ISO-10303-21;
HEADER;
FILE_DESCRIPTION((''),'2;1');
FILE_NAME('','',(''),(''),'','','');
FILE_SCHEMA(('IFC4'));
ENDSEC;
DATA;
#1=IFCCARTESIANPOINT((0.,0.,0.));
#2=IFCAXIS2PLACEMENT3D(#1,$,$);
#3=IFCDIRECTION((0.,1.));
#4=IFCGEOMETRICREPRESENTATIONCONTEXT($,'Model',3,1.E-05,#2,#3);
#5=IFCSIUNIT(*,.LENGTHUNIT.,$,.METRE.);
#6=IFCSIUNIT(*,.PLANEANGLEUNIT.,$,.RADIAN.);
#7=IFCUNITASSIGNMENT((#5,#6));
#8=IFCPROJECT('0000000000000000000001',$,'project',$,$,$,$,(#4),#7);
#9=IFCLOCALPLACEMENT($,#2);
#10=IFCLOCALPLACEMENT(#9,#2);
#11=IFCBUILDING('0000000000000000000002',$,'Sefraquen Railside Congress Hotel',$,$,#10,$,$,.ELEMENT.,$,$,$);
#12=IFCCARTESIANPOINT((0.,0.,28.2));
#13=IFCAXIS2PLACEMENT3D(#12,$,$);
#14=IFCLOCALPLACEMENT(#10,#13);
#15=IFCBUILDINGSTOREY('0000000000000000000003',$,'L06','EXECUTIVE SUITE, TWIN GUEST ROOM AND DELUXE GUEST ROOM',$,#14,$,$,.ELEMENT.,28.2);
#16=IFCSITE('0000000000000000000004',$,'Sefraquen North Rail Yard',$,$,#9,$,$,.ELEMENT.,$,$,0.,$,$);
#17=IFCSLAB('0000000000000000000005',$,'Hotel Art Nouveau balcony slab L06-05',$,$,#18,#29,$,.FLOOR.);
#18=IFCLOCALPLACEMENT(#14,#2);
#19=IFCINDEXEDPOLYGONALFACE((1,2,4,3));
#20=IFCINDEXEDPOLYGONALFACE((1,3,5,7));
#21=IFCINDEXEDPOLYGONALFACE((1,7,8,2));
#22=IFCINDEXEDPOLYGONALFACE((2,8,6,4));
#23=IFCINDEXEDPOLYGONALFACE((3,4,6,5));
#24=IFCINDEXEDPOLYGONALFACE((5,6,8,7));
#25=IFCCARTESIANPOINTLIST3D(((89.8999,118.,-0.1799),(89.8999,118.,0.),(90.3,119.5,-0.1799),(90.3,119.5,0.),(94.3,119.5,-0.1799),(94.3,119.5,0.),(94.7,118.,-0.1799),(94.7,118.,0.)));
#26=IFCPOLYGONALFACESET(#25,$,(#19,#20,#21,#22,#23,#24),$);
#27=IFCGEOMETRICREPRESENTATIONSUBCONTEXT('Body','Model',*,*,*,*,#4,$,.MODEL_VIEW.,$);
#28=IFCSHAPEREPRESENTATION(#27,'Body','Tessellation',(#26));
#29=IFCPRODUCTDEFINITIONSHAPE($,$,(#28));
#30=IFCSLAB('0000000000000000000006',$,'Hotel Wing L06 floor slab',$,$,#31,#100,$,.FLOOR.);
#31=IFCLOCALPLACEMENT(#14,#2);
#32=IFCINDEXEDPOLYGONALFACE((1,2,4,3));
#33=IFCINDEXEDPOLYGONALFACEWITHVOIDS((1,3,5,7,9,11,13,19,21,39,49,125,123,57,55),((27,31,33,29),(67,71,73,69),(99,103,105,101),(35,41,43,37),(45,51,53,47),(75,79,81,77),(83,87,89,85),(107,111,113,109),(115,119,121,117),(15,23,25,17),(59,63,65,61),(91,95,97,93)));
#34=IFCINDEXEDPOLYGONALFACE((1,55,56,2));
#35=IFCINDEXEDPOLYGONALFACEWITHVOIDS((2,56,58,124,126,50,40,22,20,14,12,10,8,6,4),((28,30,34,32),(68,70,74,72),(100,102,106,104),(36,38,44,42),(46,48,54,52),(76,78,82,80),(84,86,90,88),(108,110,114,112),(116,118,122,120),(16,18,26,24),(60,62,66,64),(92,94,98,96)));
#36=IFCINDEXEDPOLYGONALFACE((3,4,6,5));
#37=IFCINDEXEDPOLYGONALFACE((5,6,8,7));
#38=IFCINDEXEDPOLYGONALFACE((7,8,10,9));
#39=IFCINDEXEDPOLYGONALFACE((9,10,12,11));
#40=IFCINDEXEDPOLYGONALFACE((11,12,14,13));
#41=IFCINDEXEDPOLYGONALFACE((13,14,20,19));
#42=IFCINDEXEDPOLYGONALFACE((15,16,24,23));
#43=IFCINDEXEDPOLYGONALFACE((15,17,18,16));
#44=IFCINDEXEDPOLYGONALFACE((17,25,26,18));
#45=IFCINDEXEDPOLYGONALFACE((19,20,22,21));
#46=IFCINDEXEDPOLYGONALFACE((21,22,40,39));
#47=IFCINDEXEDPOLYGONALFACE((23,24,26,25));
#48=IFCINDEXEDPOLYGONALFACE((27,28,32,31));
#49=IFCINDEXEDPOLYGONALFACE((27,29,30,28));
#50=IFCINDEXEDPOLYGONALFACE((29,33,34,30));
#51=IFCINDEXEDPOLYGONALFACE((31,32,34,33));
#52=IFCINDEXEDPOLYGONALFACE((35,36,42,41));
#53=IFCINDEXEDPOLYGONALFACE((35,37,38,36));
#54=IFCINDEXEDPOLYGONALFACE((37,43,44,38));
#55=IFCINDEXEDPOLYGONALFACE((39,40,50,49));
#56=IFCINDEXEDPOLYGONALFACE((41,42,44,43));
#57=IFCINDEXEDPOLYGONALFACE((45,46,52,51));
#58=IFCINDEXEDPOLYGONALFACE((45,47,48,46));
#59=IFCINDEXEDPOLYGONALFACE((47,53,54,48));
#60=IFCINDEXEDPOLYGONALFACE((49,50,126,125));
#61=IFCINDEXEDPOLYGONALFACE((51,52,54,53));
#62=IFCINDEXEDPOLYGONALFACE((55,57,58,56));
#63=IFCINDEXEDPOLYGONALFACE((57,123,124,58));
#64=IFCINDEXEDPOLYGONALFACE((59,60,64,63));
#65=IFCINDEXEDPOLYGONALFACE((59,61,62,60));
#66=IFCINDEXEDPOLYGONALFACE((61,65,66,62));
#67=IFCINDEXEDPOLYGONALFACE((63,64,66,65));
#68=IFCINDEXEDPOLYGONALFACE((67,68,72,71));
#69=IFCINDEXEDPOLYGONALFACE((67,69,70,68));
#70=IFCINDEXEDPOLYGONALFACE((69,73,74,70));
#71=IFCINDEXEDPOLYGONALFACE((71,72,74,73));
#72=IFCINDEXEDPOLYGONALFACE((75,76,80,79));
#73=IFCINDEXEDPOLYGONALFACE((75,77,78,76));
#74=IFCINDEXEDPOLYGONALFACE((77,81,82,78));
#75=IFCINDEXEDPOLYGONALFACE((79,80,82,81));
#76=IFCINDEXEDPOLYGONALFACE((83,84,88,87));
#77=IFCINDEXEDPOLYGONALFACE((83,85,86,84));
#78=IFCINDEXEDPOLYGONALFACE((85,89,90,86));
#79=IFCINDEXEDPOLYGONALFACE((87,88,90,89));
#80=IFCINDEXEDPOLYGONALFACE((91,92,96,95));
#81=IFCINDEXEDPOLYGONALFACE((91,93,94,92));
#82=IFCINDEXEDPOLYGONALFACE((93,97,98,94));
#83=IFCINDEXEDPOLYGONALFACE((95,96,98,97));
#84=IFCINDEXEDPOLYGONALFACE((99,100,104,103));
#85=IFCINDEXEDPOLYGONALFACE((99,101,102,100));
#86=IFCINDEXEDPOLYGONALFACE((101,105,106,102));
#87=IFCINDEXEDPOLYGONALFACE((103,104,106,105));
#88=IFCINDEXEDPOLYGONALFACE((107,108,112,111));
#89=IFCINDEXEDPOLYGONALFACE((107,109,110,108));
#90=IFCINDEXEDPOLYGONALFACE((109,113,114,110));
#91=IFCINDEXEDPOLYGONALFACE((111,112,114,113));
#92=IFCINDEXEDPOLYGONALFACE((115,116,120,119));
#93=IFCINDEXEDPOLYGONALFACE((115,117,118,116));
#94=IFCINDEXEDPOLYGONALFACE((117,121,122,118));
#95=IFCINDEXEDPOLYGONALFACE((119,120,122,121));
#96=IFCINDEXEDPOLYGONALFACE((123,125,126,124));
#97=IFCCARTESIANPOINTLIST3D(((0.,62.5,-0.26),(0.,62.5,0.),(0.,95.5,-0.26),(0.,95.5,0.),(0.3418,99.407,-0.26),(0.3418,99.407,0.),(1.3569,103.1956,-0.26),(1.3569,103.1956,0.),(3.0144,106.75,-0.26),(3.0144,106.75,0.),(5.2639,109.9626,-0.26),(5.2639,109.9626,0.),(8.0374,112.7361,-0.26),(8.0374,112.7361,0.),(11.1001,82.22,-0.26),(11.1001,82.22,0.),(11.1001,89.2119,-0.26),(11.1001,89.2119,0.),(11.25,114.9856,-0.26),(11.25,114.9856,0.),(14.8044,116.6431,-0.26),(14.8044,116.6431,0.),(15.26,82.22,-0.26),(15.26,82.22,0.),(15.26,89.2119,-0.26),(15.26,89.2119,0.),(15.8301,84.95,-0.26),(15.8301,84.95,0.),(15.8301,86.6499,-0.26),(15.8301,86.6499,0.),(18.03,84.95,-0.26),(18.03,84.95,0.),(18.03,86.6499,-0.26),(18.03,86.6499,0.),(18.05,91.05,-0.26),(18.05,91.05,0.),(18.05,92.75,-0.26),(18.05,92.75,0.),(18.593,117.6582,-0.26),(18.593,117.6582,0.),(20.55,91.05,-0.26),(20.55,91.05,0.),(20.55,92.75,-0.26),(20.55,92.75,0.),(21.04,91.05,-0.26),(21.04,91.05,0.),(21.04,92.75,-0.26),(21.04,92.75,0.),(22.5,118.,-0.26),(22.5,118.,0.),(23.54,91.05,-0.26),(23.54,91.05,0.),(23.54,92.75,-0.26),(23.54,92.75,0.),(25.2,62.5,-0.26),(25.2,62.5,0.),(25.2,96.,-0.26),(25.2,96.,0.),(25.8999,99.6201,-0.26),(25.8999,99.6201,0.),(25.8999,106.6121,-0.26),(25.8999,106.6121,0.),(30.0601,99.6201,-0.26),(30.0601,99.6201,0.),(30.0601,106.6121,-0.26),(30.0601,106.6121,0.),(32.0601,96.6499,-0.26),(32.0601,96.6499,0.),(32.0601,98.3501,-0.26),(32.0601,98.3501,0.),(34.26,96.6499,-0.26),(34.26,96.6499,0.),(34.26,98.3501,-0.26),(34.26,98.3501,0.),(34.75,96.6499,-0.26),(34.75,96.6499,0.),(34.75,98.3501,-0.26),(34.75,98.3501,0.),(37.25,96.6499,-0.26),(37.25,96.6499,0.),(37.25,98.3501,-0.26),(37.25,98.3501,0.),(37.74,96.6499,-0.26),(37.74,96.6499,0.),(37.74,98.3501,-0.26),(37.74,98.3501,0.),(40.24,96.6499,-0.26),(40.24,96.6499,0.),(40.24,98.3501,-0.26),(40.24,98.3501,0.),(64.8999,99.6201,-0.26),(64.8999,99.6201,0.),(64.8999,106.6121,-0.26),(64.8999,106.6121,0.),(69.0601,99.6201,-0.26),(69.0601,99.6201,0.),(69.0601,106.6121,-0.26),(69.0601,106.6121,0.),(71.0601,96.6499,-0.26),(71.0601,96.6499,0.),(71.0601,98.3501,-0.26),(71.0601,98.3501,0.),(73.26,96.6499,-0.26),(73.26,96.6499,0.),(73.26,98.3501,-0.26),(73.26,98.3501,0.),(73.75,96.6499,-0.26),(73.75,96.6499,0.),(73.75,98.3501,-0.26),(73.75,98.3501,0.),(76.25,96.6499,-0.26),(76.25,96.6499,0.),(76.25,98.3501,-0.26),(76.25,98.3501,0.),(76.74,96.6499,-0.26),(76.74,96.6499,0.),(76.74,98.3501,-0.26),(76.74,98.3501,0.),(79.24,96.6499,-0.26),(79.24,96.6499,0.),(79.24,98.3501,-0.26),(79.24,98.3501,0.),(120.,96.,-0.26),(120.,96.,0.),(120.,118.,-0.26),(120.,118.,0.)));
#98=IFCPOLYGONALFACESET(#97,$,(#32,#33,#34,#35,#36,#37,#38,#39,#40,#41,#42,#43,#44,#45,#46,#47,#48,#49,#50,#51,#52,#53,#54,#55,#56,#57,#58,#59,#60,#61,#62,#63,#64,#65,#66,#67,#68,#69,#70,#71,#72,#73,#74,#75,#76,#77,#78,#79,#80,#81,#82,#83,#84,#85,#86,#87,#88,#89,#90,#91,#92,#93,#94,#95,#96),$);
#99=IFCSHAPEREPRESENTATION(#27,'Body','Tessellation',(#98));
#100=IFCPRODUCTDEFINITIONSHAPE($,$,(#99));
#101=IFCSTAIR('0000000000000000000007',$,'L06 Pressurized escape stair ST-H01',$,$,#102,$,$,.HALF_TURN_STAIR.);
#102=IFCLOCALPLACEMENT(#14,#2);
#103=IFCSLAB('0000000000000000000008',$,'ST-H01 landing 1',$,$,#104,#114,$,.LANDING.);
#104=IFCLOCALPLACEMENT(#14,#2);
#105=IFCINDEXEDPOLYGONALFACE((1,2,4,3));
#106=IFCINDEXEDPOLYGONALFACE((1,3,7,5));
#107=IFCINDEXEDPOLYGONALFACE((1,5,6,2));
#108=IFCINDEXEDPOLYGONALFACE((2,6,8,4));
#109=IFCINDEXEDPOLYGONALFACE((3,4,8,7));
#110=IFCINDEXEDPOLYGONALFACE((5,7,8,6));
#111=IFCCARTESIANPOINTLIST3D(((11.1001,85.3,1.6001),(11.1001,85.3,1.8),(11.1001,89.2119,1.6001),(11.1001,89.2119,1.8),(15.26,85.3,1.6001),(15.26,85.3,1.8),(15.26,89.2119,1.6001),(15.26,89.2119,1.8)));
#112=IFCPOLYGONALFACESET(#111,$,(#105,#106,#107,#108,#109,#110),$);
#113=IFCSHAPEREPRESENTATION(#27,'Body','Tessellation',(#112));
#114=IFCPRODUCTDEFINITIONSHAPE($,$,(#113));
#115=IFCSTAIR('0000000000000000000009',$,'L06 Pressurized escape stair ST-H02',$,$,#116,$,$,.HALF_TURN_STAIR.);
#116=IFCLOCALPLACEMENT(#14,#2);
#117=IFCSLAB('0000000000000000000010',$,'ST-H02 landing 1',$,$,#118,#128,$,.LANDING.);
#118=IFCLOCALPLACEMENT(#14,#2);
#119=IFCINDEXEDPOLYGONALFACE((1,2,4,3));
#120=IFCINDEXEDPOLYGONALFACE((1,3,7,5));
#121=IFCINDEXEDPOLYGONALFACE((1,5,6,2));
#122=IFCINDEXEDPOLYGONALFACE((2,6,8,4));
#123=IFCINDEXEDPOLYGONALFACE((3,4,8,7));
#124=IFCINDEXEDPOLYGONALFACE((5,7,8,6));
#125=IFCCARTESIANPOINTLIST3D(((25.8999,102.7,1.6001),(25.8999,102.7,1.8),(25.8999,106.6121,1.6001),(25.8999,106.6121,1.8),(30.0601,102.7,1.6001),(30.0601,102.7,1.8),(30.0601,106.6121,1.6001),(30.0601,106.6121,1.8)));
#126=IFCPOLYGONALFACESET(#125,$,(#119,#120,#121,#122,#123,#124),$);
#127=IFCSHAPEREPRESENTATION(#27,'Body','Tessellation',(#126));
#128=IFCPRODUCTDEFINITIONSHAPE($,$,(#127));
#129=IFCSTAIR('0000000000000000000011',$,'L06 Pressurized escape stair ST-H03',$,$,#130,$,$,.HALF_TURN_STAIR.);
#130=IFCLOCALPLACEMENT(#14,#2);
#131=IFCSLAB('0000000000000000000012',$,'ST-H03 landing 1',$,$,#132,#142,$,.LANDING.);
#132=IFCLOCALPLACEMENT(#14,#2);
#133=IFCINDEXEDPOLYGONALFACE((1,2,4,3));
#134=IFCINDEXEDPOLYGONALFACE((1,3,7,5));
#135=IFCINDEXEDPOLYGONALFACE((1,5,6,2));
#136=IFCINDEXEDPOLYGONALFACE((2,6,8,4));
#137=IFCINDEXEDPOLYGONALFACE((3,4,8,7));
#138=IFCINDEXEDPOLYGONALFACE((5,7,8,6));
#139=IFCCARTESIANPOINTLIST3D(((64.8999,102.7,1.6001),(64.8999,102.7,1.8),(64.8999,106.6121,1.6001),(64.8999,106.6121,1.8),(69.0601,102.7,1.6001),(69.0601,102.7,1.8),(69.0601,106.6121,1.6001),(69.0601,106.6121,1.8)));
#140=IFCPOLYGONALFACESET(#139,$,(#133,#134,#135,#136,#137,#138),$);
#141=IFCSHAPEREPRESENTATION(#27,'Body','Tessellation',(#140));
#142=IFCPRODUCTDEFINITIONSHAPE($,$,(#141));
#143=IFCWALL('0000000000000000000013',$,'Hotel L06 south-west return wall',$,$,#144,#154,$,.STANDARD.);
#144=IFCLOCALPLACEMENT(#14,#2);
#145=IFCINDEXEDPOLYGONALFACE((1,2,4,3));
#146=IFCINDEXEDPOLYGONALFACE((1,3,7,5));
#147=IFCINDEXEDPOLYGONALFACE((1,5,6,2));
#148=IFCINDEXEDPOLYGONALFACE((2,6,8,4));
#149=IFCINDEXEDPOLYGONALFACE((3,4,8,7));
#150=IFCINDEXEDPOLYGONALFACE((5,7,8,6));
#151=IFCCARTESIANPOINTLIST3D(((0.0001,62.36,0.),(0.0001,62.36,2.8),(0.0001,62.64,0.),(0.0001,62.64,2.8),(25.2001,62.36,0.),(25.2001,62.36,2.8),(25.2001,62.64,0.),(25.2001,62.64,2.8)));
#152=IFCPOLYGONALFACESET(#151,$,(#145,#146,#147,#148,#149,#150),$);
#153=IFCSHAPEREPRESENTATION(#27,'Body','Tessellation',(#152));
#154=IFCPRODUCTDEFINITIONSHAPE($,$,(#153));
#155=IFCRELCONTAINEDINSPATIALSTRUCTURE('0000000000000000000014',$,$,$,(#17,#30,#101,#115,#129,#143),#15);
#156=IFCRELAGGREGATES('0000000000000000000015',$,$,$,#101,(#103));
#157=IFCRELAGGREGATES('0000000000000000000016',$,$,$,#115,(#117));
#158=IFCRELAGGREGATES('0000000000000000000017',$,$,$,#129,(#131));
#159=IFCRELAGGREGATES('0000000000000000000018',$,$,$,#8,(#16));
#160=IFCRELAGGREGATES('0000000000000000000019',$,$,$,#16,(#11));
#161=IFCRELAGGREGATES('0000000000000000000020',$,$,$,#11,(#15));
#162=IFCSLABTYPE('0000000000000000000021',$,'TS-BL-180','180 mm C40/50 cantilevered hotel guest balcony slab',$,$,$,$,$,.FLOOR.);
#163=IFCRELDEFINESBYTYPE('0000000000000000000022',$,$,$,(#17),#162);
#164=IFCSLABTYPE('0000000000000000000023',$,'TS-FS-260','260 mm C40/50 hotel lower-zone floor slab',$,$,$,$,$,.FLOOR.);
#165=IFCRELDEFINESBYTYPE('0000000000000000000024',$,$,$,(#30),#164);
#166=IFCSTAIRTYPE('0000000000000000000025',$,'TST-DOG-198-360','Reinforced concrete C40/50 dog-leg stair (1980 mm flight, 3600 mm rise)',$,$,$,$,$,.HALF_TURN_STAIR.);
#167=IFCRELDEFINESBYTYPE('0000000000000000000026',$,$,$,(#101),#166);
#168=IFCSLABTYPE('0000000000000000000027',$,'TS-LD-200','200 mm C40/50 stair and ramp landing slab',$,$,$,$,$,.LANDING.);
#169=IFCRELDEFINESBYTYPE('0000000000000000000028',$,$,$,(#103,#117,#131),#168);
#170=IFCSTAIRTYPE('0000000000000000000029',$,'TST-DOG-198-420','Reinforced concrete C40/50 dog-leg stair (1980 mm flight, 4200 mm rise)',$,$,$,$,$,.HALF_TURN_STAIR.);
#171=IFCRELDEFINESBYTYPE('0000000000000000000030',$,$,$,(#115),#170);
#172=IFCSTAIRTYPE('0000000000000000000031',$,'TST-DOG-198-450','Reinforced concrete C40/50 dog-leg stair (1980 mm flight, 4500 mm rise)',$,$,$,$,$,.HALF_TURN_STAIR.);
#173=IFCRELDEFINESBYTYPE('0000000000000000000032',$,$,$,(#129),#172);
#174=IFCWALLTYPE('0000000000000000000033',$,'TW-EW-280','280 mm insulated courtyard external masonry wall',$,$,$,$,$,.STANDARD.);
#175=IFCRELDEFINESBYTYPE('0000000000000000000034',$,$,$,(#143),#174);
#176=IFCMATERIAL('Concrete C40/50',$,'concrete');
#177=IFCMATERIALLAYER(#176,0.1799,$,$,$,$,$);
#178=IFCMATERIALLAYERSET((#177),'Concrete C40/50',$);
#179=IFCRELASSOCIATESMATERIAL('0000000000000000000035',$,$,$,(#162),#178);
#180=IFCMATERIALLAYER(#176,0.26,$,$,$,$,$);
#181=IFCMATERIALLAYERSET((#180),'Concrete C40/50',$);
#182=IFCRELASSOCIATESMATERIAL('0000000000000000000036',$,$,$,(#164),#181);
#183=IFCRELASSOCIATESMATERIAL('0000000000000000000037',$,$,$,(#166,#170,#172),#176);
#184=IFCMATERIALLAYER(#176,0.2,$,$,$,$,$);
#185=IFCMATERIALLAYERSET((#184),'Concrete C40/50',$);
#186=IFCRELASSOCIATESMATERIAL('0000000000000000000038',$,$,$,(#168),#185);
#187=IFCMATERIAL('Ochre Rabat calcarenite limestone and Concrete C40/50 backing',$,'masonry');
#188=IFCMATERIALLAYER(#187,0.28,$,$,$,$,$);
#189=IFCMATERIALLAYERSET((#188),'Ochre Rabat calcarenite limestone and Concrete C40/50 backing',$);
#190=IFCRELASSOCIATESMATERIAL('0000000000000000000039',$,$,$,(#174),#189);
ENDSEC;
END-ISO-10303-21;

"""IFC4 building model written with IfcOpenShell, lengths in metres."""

from ifc_helpers import new_model, si_unit, direction, frame, frame_2d, origin, place, context, subcontext, project, spatial, polyline, rectangle, outline, extrude, material, layer, layer_set, type_object, element, aggregate, save


model = new_model("IFC4")

# Units and contexts
model_context = context("Model", 3, precision=1e-05, world=origin(), true_north=direction((0.0, 1.0)))
body_context = subcontext(model_context, "Body", "Model", "MODEL_VIEW")
ifc_project = project(units=[si_unit("LENGTHUNIT", "METRE"), si_unit("PLANEANGLEUNIT", "RADIAN")], contexts=[model_context])

# Site, building, storey
site_placement = place(None, origin())
site = spatial("IfcSite", under=ifc_project, at=site_placement, Name="Sefraquen North Rail Yard", CompositionType="ELEMENT", RefElevation=0.0)
building_placement = place(site_placement, origin())
building = spatial("IfcBuilding", under=site, at=building_placement, Name="Sefraquen Railside Congress Hotel", CompositionType="ELEMENT")
storey_placement = place(building_placement, frame((0.0, 0.0, 28.2)))
storey = spatial("IfcBuildingStorey", under=building, at=storey_placement, Name="L06", Description="EXECUTIVE SUITE, TWIN GUEST ROOM AND DELUXE GUEST ROOM", CompositionType="ELEMENT", Elevation=28.2)

# Slabs
ifc_material_1 = material(Name="Concrete C40/50", Category="concrete")
ifc_layer_1 = layer(ifc_material_1, 0.1799)
ifc_layer_set_1 = layer_set([ifc_layer_1], Name="Concrete C40/50")
slab_type_1 = type_object("IfcSlabType", Name="TS-BL-180", Description="180 mm C40/50 cantilevered hotel guest balcony slab", PredefinedType="FLOOR", material=ifc_layer_set_1)
slab_1_placement = place(storey_placement, frame((0.0, 0.0, -0.1799)))
element("IfcSlab", 1, at=slab_1_placement, inside=storey, type_object=slab_type_1, Name="Hotel Art Nouveau balcony slab L06-05", PredefinedType="FLOOR", context=body_context, shape_type="SweptSolid", body=[
    extrude(outline(polyline([(89.8999, 118.0), (94.7, 118.0), (94.3, 119.5), (90.3, 119.5), (89.8999, 118.0)])), origin(), (0.0, 0.0, 1.0), 0.1799),
])
ifc_layer_2 = layer(ifc_material_1, 0.26)
ifc_layer_set_2 = layer_set([ifc_layer_2], Name="Concrete C40/50")
slab_type_2 = type_object("IfcSlabType", Name="TS-FS-260", Description="260 mm C40/50 hotel lower-zone floor slab", PredefinedType="FLOOR", material=ifc_layer_set_2)
slab_2_placement = place(storey_placement, frame((0.0, 0.0, -0.26)))
element("IfcSlab", 2, at=slab_2_placement, inside=storey, type_object=slab_type_2, Name="Hotel Wing L06 floor slab", PredefinedType="FLOOR", context=body_context, shape_type="SweptSolid", body=[
    extrude(outline(polyline([(0.0, 62.5), (25.2, 62.5), (25.2, 96.0), (120.0, 96.0), (120.0, 118.0), (22.5, 118.0), (18.593, 117.6582), (14.8044, 116.6431), (11.25, 114.9856), (8.0374, 112.7361), (5.2639, 109.9626), (3.0144, 106.75), (1.3569, 103.1956), (0.3418, 99.407), (0.0, 95.5), (0.0, 62.5)]), holes=[polyline([(11.1001, 82.22), (15.26, 82.22), (15.26, 89.2119), (11.1001, 89.2119), (11.1001, 82.22)]), polyline([(25.8999, 99.6201), (30.0601, 99.6201), (30.0601, 106.6121), (25.8999, 106.6121), (25.8999, 99.6201)]), polyline([(64.8999, 99.6201), (69.0601, 99.6201), (69.0601, 106.6121), (64.8999, 106.6121), (64.8999, 99.6201)]), polyline([(15.8301, 84.95), (18.03, 84.95), (18.03, 86.6499), (15.8301, 86.6499), (15.8301, 84.95)]), polyline([(32.0601, 96.6499), (34.26, 96.6499), (34.26, 98.3501), (32.0601, 98.3501), (32.0601, 96.6499)]), polyline([(71.0601, 96.6499), (73.26, 96.6499), (73.26, 98.3501), (71.0601, 98.3501), (71.0601, 96.6499)]), polyline([(18.05, 91.05), (20.55, 91.05), (20.55, 92.75), (18.05, 92.75), (18.05, 91.05)]), polyline([(21.04, 91.05), (23.54, 91.05), (23.54, 92.75), (21.04, 92.75), (21.04, 91.05)]), polyline([(34.75, 96.6499), (37.25, 96.6499), (37.25, 98.3501), (34.75, 98.3501), (34.75, 96.6499)]), polyline([(37.74, 96.6499), (40.24, 96.6499), (40.24, 98.3501), (37.74, 98.3501), (37.74, 96.6499)]), polyline([(73.75, 96.6499), (76.25, 96.6499), (76.25, 98.3501), (73.75, 98.3501), (73.75, 96.6499)]), polyline([(76.74, 96.6499), (79.24, 96.6499), (79.24, 98.3501), (76.74, 98.3501), (76.74, 96.6499)])]), origin(), (0.0, 0.0, 1.0), 0.26),
])

# Stairs, slabs
stair_type_1 = type_object("IfcStairType", Name="TST-DOG-198-360", Description="Reinforced concrete C40/50 dog-leg stair (1980 mm flight, 3600 mm rise)", PredefinedType="HALF_TURN_STAIR", material=ifc_material_1)
stair_1_placement = place(storey_placement, origin())
stair_1 = element("IfcStair", 3, at=stair_1_placement, inside=storey, type_object=stair_type_1, Name="L06 Pressurized escape stair ST-H01", PredefinedType="HALF_TURN_STAIR")
ifc_layer_3 = layer(ifc_material_1, 0.2)
ifc_layer_set_3 = layer_set([ifc_layer_3], Name="Concrete C40/50")
slab_type_3 = type_object("IfcSlabType", Name="TS-LD-200", Description="200 mm C40/50 stair and ramp landing slab", PredefinedType="LANDING", material=ifc_layer_set_3)
slab_3_placement = place(storey_placement, frame((0.0, 0.0, 1.6001)))
slab_3 = element("IfcSlab", 4, at=slab_3_placement, type_object=slab_type_3, Name="ST-H01 landing 1", PredefinedType="LANDING", context=body_context, shape_type="SweptSolid", body=[
    extrude(outline(polyline([(15.26, 85.3), (15.26, 89.2119), (11.1001, 89.2119), (11.1001, 85.3), (15.26, 85.3)])), origin(), (0.0, 0.0, 1.0), 0.2),
])
aggregate(stair_1, [slab_3])
stair_type_2 = type_object("IfcStairType", Name="TST-DOG-198-420", Description="Reinforced concrete C40/50 dog-leg stair (1980 mm flight, 4200 mm rise)", PredefinedType="HALF_TURN_STAIR", material=ifc_material_1)
stair_2_placement = place(storey_placement, origin())
stair_2 = element("IfcStair", 5, at=stair_2_placement, inside=storey, type_object=stair_type_2, Name="L06 Pressurized escape stair ST-H02", PredefinedType="HALF_TURN_STAIR")
slab_4_placement = place(storey_placement, frame((0.0, 0.0, 1.6001)))
slab_4 = element("IfcSlab", 6, at=slab_4_placement, type_object=slab_type_3, Name="ST-H02 landing 1", PredefinedType="LANDING", context=body_context, shape_type="SweptSolid", body=[
    extrude(outline(polyline([(30.0601, 102.7), (30.0601, 106.6121), (25.8999, 106.6121), (25.8999, 102.7), (30.0601, 102.7)])), origin(), (0.0, 0.0, 1.0), 0.2),
])
aggregate(stair_2, [slab_4])
stair_type_3 = type_object("IfcStairType", Name="TST-DOG-198-450", Description="Reinforced concrete C40/50 dog-leg stair (1980 mm flight, 4500 mm rise)", PredefinedType="HALF_TURN_STAIR", material=ifc_material_1)
stair_3_placement = place(storey_placement, origin())
stair_3 = element("IfcStair", 7, at=stair_3_placement, inside=storey, type_object=stair_type_3, Name="L06 Pressurized escape stair ST-H03", PredefinedType="HALF_TURN_STAIR")
slab_5_placement = place(storey_placement, frame((0.0, 0.0, 1.6001)))
slab_5 = element("IfcSlab", 8, at=slab_5_placement, type_object=slab_type_3, Name="ST-H03 landing 1", PredefinedType="LANDING", context=body_context, shape_type="SweptSolid", body=[
    extrude(outline(polyline([(69.0601, 102.7), (69.0601, 106.6121), (64.8999, 106.6121), (64.8999, 102.7), (69.0601, 102.7)])), origin(), (0.0, 0.0, 1.0), 0.2),
])
aggregate(stair_3, [slab_5])

# Wall
ifc_material_2 = material(Name="Ochre Rabat calcarenite limestone and Concrete C40/50 backing", Category="masonry")
ifc_layer_4 = layer(ifc_material_2, 0.28)
ifc_layer_set_4 = layer_set([ifc_layer_4], Name="Ochre Rabat calcarenite limestone and Concrete C40/50 backing")
wall_type_1 = type_object("IfcWallType", Name="TW-EW-280", Description="280 mm insulated courtyard external masonry wall", PredefinedType="STANDARD", material=ifc_layer_set_4)
wall_1_placement = place(storey_placement, frame((0.0, 62.5, 0.0), z_axis=(0.0, 0.0, 1.0), x_axis=(1.0, 0.0, 0.0)))
element("IfcWall", 9, at=wall_1_placement, inside=storey, type_object=wall_type_1, Name="Hotel L06 south-west return wall", PredefinedType="STANDARD", context=body_context, shape_type="SweptSolid", body=[
    extrude(rectangle(XDim=25.2, YDim=0.28, at=frame_2d((12.6001, 0.0))), origin(), (0.0, 0.0, 1.0), 2.8),
])

save(model, "model.ifc")
